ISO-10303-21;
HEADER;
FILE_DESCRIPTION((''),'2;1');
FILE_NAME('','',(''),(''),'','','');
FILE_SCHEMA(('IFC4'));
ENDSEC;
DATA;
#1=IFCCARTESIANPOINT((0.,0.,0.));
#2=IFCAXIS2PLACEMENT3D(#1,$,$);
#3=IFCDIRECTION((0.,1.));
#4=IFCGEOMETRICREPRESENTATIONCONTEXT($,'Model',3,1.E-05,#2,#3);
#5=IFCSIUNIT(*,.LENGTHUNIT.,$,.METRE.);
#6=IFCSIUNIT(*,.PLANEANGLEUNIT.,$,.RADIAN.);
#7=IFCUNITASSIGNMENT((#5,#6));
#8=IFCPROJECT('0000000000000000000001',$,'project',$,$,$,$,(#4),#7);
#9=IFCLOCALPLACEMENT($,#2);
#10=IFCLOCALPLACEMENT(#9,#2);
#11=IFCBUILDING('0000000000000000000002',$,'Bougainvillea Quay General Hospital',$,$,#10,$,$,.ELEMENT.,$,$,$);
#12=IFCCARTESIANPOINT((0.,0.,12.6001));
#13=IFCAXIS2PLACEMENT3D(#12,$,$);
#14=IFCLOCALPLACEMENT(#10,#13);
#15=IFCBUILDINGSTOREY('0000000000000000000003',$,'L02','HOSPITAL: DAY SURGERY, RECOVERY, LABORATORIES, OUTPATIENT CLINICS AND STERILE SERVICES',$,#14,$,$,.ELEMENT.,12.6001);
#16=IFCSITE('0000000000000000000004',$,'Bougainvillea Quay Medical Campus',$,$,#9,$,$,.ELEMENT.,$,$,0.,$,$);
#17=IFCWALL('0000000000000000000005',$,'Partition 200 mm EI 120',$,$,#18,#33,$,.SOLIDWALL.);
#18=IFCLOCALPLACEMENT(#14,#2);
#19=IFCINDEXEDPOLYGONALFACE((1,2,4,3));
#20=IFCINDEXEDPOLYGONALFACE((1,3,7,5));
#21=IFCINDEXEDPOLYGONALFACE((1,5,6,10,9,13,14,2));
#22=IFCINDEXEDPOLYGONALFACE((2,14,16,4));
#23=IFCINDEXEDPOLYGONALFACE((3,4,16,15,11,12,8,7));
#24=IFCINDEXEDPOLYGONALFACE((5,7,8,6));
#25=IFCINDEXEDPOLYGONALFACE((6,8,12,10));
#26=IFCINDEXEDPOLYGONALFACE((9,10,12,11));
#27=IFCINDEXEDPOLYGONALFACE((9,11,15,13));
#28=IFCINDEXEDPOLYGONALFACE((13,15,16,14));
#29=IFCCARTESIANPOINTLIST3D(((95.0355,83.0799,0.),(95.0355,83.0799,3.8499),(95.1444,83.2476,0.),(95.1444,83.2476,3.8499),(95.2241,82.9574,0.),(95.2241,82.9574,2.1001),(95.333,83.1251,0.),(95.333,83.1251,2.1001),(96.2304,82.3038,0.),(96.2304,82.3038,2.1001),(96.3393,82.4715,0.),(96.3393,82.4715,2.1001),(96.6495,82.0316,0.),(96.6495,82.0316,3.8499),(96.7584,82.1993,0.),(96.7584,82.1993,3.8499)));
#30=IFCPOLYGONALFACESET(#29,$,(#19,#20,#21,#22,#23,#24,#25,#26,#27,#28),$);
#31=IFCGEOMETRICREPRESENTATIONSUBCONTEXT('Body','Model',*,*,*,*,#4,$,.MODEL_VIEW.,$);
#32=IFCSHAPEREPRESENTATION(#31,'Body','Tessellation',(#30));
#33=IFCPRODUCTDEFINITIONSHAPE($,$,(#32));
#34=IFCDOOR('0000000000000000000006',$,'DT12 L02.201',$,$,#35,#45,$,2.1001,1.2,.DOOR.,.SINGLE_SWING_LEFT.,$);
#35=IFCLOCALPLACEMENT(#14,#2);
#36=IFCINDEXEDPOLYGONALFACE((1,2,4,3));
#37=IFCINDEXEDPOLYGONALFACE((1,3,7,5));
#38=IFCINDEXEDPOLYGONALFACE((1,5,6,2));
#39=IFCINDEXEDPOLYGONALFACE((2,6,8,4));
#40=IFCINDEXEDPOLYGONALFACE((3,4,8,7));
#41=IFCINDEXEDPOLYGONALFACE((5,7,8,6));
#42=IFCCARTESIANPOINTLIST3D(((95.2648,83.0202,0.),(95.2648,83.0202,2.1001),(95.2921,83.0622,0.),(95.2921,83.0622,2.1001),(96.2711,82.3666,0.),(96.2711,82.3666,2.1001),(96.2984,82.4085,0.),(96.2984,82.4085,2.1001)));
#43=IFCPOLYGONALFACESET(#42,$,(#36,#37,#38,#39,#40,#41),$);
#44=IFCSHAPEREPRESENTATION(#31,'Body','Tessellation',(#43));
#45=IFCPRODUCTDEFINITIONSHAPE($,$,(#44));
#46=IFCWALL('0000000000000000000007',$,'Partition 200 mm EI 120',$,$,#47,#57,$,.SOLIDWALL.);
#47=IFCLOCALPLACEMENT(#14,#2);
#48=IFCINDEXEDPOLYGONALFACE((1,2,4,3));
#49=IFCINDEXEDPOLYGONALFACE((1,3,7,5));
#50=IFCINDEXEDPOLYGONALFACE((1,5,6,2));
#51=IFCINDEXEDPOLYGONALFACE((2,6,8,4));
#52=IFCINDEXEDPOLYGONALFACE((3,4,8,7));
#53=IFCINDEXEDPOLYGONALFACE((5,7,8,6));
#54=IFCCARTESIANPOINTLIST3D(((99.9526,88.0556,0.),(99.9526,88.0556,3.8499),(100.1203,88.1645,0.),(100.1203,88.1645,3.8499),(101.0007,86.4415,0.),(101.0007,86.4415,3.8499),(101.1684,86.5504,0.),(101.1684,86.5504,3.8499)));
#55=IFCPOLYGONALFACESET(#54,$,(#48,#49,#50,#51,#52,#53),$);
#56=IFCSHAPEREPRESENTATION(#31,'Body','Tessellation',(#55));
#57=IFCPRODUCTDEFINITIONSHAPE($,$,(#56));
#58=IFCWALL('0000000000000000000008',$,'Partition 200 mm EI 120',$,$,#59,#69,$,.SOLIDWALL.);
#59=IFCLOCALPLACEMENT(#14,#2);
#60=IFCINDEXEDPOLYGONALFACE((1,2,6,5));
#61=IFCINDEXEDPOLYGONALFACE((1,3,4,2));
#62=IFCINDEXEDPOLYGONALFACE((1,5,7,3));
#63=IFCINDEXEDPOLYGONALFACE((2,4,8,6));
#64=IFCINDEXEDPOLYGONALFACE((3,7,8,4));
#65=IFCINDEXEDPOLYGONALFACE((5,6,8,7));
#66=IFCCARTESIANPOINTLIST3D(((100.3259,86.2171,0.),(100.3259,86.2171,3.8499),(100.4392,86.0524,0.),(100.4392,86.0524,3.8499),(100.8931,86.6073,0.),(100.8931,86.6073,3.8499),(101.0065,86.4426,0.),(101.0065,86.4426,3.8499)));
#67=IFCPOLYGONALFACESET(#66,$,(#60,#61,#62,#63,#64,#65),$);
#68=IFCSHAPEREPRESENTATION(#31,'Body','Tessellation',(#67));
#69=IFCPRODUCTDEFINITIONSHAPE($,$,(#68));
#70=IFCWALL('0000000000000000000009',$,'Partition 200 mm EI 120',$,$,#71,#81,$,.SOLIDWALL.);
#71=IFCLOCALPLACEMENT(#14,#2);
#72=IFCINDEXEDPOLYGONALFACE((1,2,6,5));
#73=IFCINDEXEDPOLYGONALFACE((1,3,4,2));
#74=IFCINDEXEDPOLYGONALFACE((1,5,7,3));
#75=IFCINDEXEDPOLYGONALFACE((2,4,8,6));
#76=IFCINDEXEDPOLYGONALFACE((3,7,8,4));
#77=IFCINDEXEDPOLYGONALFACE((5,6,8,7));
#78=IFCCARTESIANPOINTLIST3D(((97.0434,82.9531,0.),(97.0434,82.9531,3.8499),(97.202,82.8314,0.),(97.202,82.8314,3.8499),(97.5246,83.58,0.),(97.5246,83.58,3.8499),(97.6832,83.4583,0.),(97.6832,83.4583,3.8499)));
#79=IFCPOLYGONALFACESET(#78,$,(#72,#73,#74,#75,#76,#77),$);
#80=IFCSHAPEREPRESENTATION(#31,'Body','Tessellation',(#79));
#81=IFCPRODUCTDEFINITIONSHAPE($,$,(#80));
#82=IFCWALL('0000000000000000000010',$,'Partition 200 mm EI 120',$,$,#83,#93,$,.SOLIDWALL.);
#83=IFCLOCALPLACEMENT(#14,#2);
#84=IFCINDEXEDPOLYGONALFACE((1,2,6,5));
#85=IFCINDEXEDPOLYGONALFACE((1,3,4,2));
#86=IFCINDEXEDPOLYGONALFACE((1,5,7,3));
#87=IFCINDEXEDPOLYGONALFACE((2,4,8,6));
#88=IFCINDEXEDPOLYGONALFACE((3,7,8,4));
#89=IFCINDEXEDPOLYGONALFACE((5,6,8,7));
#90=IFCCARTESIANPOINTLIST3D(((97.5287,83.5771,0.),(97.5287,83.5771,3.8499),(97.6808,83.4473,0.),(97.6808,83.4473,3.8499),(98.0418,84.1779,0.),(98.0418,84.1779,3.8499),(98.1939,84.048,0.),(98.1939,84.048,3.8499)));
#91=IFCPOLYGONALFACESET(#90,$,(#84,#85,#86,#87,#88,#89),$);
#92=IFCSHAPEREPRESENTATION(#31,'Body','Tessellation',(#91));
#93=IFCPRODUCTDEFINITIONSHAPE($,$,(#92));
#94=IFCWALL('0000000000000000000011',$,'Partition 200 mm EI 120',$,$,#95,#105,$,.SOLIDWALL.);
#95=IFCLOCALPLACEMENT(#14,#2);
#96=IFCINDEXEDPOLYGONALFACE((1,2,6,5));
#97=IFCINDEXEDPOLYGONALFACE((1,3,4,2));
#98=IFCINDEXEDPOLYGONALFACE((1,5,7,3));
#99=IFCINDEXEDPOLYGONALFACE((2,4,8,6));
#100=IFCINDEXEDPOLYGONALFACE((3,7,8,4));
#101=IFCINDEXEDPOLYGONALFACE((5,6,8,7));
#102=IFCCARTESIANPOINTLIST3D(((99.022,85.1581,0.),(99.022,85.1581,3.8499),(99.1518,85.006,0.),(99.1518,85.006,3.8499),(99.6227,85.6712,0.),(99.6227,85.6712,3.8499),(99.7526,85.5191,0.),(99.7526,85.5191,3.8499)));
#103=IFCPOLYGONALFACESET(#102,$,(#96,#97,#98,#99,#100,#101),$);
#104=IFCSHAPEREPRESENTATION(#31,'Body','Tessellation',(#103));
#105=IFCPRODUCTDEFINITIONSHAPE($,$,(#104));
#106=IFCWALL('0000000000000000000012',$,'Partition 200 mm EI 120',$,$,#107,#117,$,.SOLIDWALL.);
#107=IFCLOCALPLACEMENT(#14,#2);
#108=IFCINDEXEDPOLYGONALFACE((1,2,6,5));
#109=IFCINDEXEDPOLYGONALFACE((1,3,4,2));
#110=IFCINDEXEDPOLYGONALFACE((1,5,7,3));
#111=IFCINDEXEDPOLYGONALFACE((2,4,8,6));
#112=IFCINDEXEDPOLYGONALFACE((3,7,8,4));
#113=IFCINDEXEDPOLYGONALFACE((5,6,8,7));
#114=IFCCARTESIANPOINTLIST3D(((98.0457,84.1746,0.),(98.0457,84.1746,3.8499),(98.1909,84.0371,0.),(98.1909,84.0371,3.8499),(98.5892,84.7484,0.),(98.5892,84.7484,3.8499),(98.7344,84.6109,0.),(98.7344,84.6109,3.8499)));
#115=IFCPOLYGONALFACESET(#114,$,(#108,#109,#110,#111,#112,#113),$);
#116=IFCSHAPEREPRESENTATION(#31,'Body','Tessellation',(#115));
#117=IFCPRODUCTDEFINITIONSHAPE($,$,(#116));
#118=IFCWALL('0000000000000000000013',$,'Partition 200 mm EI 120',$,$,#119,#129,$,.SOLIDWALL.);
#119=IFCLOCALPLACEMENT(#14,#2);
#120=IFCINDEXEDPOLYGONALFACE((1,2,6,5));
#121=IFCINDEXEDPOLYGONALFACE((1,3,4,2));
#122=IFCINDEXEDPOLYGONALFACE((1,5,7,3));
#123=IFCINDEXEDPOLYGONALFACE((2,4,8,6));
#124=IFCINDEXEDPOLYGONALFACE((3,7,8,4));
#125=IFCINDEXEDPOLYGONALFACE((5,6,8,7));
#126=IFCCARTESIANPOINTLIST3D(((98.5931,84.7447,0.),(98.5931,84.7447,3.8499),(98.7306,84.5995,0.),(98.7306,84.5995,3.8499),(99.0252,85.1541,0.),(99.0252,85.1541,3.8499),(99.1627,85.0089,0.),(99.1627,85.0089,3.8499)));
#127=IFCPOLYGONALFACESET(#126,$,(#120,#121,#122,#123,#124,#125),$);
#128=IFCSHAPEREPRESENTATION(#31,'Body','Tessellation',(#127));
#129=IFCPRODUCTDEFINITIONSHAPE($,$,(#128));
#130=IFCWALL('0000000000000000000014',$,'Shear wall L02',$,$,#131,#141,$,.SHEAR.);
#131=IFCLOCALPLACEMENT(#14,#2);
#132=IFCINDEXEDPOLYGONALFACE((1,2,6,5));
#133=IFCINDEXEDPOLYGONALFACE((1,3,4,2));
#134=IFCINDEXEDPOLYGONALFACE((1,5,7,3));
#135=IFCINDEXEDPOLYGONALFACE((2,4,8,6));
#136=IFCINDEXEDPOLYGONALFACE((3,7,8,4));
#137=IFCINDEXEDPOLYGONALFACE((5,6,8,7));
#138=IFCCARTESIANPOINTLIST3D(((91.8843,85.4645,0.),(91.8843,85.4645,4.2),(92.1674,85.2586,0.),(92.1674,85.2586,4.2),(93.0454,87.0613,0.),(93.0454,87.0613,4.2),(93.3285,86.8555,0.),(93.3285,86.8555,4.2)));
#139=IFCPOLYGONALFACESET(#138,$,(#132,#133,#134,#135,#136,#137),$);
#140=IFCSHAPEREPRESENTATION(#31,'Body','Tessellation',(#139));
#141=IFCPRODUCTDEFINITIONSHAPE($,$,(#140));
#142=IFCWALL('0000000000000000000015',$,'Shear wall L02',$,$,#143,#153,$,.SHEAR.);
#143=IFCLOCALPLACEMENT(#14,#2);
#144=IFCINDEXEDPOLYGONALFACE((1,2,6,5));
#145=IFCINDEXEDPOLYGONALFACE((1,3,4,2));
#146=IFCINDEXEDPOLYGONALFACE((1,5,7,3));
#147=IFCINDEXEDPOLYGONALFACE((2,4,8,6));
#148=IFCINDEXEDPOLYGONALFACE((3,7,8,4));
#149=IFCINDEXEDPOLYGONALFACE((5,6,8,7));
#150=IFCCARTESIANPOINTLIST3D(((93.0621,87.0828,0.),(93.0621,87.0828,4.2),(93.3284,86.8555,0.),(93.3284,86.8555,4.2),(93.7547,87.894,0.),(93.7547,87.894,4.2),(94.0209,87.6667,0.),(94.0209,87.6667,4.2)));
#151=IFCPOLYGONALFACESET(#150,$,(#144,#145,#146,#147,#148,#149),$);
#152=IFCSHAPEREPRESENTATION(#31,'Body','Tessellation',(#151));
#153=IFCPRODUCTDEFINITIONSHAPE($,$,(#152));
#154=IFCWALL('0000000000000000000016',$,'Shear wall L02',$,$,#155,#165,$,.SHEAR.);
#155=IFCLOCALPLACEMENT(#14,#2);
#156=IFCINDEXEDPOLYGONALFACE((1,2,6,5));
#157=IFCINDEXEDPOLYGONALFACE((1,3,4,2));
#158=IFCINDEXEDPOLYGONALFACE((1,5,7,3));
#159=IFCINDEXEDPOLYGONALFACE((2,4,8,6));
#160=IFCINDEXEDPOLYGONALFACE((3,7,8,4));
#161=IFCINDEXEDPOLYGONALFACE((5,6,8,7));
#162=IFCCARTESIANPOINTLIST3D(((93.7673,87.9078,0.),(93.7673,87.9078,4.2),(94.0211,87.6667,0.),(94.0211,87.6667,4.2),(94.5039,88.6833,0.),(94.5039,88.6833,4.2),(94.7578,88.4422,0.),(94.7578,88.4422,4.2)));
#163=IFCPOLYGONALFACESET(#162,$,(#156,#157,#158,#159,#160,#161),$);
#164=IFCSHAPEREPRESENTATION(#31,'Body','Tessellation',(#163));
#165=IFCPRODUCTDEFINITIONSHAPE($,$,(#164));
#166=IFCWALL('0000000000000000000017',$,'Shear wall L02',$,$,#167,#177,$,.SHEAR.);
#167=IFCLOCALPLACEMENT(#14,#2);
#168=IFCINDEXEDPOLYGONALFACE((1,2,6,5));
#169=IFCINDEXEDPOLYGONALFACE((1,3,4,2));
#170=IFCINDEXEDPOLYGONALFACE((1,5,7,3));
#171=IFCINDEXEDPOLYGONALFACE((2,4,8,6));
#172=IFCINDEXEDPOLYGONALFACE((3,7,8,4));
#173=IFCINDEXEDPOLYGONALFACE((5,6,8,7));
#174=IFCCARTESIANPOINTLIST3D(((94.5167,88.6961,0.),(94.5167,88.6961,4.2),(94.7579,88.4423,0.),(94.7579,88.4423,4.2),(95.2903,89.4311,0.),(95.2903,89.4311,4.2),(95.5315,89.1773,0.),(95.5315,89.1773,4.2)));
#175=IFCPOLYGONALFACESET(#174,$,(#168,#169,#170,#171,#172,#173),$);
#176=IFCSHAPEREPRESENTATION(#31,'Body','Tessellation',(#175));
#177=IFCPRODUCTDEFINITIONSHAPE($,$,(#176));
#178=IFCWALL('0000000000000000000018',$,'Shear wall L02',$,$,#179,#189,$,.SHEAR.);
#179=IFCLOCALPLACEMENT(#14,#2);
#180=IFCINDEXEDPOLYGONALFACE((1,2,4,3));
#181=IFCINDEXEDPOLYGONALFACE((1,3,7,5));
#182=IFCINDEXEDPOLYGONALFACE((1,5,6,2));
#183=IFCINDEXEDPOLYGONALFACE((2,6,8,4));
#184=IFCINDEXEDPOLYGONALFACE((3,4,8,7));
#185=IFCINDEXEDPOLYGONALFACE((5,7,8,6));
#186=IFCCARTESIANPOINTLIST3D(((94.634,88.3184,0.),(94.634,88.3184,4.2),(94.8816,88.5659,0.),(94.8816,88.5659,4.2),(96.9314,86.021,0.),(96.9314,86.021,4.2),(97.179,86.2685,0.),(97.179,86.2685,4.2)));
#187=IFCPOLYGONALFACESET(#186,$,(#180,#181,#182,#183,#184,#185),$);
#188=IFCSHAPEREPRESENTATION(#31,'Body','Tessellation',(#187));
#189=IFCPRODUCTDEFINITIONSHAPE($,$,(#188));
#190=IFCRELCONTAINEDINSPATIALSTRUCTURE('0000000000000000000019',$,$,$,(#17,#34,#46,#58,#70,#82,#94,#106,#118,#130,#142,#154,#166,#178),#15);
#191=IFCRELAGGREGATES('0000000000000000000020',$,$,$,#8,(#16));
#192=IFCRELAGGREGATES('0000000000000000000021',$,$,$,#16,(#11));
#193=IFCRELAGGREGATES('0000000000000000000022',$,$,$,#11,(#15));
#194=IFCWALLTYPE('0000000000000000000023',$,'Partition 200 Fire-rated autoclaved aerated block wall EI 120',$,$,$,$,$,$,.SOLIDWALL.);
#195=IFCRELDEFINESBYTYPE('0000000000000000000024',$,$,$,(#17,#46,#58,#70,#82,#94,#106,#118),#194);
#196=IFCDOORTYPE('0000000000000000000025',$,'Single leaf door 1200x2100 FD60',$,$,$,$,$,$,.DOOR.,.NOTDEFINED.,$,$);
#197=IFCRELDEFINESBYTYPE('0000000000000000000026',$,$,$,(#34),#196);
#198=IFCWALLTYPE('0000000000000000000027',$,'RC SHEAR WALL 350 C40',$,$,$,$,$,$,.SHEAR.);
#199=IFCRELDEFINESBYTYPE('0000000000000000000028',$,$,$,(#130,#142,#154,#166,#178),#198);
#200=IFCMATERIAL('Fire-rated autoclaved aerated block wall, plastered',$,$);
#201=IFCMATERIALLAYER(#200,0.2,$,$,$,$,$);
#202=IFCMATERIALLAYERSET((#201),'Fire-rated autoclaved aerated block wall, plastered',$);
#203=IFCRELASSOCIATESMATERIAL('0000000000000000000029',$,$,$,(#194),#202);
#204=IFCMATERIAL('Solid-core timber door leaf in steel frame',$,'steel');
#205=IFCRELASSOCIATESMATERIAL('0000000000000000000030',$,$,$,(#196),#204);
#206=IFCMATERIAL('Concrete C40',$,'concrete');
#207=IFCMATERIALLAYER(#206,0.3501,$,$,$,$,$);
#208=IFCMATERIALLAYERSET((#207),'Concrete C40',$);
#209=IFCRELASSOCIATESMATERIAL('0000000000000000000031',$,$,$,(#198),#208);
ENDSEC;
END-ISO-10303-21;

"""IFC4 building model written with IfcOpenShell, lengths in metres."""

from ifc_helpers import new_model, si_unit, direction, frame, frame_2d, origin, place, context, subcontext, project, spatial, rectangle, extrude, material, layer, layer_set, type_object, element, fill, save


model = new_model("IFC4")

# Units and contexts
model_context = context("Model", 3, precision=1e-05, world=origin(), true_north=direction((0.0, 1.0)))
body_context = subcontext(model_context, "Body", "Model", "MODEL_VIEW")
ifc_project = project(units=[si_unit("LENGTHUNIT", "METRE"), si_unit("PLANEANGLEUNIT", "RADIAN")], contexts=[model_context])

# Site, building, storey
site_placement = place(None, origin())
site = spatial("IfcSite", under=ifc_project, at=site_placement, Name="Bougainvillea Quay Medical Campus", CompositionType="ELEMENT", RefElevation=0.0)
building_placement = place(site_placement, origin())
building = spatial("IfcBuilding", under=site, at=building_placement, Name="Bougainvillea Quay General Hospital", CompositionType="ELEMENT")
storey_placement = place(building_placement, frame((0.0, 0.0, 12.6001)))
storey = spatial("IfcBuildingStorey", under=building, at=storey_placement, Name="L02", Description="HOSPITAL: DAY SURGERY, RECOVERY, LABORATORIES, OUTPATIENT CLINICS AND STERILE SERVICES", CompositionType="ELEMENT", Elevation=12.6001)

# Shared definitions
ifc_material_1 = material(Name="Concrete C40", Category="concrete")

# Wall, opening, door
ifc_material_2 = material(Name="Fire-rated autoclaved aerated block wall, plastered")
ifc_layer_1 = layer(ifc_material_2, 0.2)
ifc_layer_set_1 = layer_set([ifc_layer_1], Name="Fire-rated autoclaved aerated block wall, plastered")
wall_type_1 = type_object("IfcWallType", Name="Partition 200 Fire-rated autoclaved aerated block wall EI 120", PredefinedType="SOLIDWALL", material=ifc_layer_set_1)
wall_1_placement = place(storey_placement, frame((95.0898, 83.1638, 0.0), z_axis=(0.0, 0.0, 1.0), x_axis=(0.838626, -0.544707, 0.0)))
wall_1 = element("IfcWall", 1, at=wall_1_placement, inside=storey, type_object=wall_type_1, Name="Partition 200 mm EI 120", PredefinedType="SOLIDWALL", context=body_context, shape_type="SweptSolid", body=[
    extrude(rectangle(XDim=1.9246, YDim=0.2, at=frame_2d((0.9624, 0.0))), origin(), (0.0, 0.0, 1.0), 3.8499),
])
opening_1_placement = place(wall_1_placement, frame((0.2249, 0.0, 0.0)))
opening_1 = element("IfcOpeningElement", 2, at=opening_1_placement, cuts=wall_1, PredefinedType="OPENING", context=body_context, shape_type="SweptSolid", body=[
    extrude(rectangle(XDim=1.2, YDim=2.1001, at=frame_2d((0.6001, 1.05))), frame((0.0, 0.1099, 0.0), z_axis=(0.0, -1.0, 0.0), x_axis=(1.0, 0.0, 0.0)), (0.0, 0.0, 1.0), 0.22),
])
ifc_material_3 = material(Name="Solid-core timber door leaf in steel frame", Category="steel")
door_type_1 = type_object("IfcDoorType", Name="Single leaf door 1200x2100 FD60", OperationType="NOTDEFINED", PredefinedType="DOOR", material=ifc_material_3)
door_1_placement = place(opening_1_placement, origin())
door_1 = element("IfcDoor", 3, at=door_1_placement, inside=storey, type_object=door_type_1, Name="DT12 L02.201", OperationType="SINGLE_SWING_LEFT", OverallHeight=2.1001, OverallWidth=1.2, PredefinedType="DOOR", context=body_context, shape_type="SweptSolid", body=[
    extrude(rectangle(XDim=1.2, YDim=2.1001, at=frame_2d((0.6001, 1.05))), frame((0.0, 0.0249, 0.0), z_axis=(0.0, -1.0, 0.0), x_axis=(1.0, 0.0, 0.0)), (0.0, 0.0, 1.0), 0.05),
])
fill(opening_1, door_1)

# Walls
wall_2_placement = place(storey_placement, frame((100.0364, 88.1101, 0.0), z_axis=(0.0, 0.0, 1.0), x_axis=(0.544618, -0.838684, 0.0)))
element("IfcWall", 4, at=wall_2_placement, inside=storey, type_object=wall_type_1, Name="Partition 200 mm EI 120", PredefinedType="SOLIDWALL", context=body_context, shape_type="SweptSolid", body=[
    extrude(rectangle(XDim=1.9246, YDim=0.2, at=frame_2d((0.9624, 0.0))), origin(), (0.0, 0.0, 1.0), 3.8499),
])
wall_3_placement = place(storey_placement, frame((100.3826, 86.1348, 0.0), z_axis=(0.0, 0.0, 1.0), x_axis=(0.823887, 0.566755, 0.0)))
element("IfcWall", 5, at=wall_3_placement, inside=storey, type_object=wall_type_1, Name="Partition 200 mm EI 120", PredefinedType="SOLIDWALL", context=body_context, shape_type="SweptSolid", body=[
    extrude(rectangle(XDim=0.6885, YDim=0.2, at=frame_2d((0.3442, 0.0))), origin(), (0.0, 0.0, 1.0), 3.8499),
])
wall_4_placement = place(storey_placement, frame((97.1228, 82.8923, 0.0), z_axis=(0.0, 0.0, 1.0), x_axis=(0.608859, 0.793278, 0.0)))
element("IfcWall", 6, at=wall_4_placement, inside=storey, type_object=wall_type_1, Name="Partition 200 mm EI 120", PredefinedType="SOLIDWALL", context=body_context, shape_type="SweptSolid", body=[
    extrude(rectangle(XDim=0.7903, YDim=0.2, at=frame_2d((0.395, 0.0))), origin(), (0.0, 0.0, 1.0), 3.8499),
])
for number, where, z_axis, x_axis, name in (
    (7, (97.6047, 83.5122, 0.0), (0.0, 0.0, 1.0), (0.649467, 0.76039, 0.0), "Partition 200 mm EI 120"),
    (8, (99.0869, 85.082, 0.0), (0.0, 0.0, 1.0), (0.76039, 0.649467, 0.0), "Partition 200 mm EI 120"),
):
    element("IfcWall", number, at=place(storey_placement, frame(where, z_axis=z_axis, x_axis=x_axis)), inside=storey, type_object=wall_type_1, Name=name, PredefinedType="SOLIDWALL", context=body_context, shape_type="SweptSolid", body=[
        extrude(rectangle(XDim=0.79, YDim=0.2, at=frame_2d((0.395, 0.0))), origin(), (0.0, 0.0, 1.0), 3.8499),
    ])
wall_5_placement = place(storey_placement, frame((98.1184, 84.106, 0.0), z_axis=(0.0, 0.0, 1.0), x_axis=(0.687693, 0.726001, 0.0)))
element("IfcWall", 9, at=wall_5_placement, inside=storey, type_object=wall_type_1, Name="Partition 200 mm EI 120", PredefinedType="SOLIDWALL", context=body_context, shape_type="SweptSolid", body=[
    extrude(rectangle(XDim=0.7903, YDim=0.2, at=frame_2d((0.395, 0.0))), origin(), (0.0, 0.0, 1.0), 3.8499),
])
wall_6_placement = place(storey_placement, frame((98.6619, 84.6721, 0.0), z_axis=(0.0, 0.0, 1.0), x_axis=(0.72592, 0.687779, 0.0)))
element("IfcWall", 10, at=wall_6_placement, inside=storey, type_object=wall_type_1, Name="Partition 200 mm EI 120", PredefinedType="SOLIDWALL", context=body_context, shape_type="SweptSolid", body=[
    extrude(rectangle(XDim=0.5952, YDim=0.2, at=frame_2d((0.2976, 0.0))), origin(), (0.0, 0.0, 1.0), 3.8499),
])
ifc_layer_2 = layer(ifc_material_1, 0.3501)
ifc_layer_set_2 = layer_set([ifc_layer_2], Name="Concrete C40")
wall_type_2 = type_object("IfcWallType", Name="RC SHEAR WALL 350 C40", PredefinedType="SHEAR", material=ifc_layer_set_2)
wall_7_placement = place(storey_placement, frame((93.187, 86.9585, 0.0), z_axis=(0.0, 0.0, 1.0), x_axis=(-0.588083, -0.8088, 0.0)))
element("IfcWall", 11, at=wall_7_placement, inside=storey, type_object=wall_type_2, Name="Shear wall L02", PredefinedType="SHEAR", context=body_context, shape_type="SweptSolid", body=[
    extrude(rectangle(XDim=1.9744, YDim=0.3501, at=frame_2d((0.9873, 0.0))), origin(), (0.0, 0.0, 1.0), 4.2),
])
wall_8_placement = place(storey_placement, frame((93.1953, 86.9692, 0.0), z_axis=(0.0, 0.0, 1.0), x_axis=(0.649301, 0.760531, 0.0)))
element("IfcWall", 12, at=wall_8_placement, inside=storey, type_object=wall_type_2, Name="Shear wall L02", PredefinedType="SHEAR", context=body_context, shape_type="SweptSolid", body=[
    extrude(rectangle(XDim=1.0667, YDim=0.3501, at=frame_2d((0.5332, 0.0))), origin(), (0.0, 0.0, 1.0), 4.2),
])
wall_9_placement = place(storey_placement, frame((93.8943, 87.7874, 0.0), z_axis=(0.0, 0.0, 1.0), x_axis=(0.688725, 0.725022, 0.0)))
element("IfcWall", 13, at=wall_9_placement, inside=storey, type_object=wall_type_2, Name="Shear wall L02", PredefinedType="SHEAR", context=body_context, shape_type="SweptSolid", body=[
    extrude(rectangle(XDim=1.0696, YDim=0.3501, at=frame_2d((0.5347, 0.0))), origin(), (0.0, 0.0, 1.0), 4.2),
])
wall_10_placement = place(storey_placement, frame((94.6372, 88.5691, 0.0), z_axis=(0.0, 0.0, 1.0), x_axis=(0.724948, 0.688804, 0.0)))
element("IfcWall", 14, at=wall_10_placement, inside=storey, type_object=wall_type_2, Name="Shear wall L02", PredefinedType="SHEAR", context=body_context, shape_type="SweptSolid", body=[
    extrude(rectangle(XDim=1.0671, YDim=0.3501, at=frame_2d((0.5337, 0.0))), origin(), (0.0, 0.0, 1.0), 4.2),
])
wall_11_placement = place(storey_placement, frame((94.7578, 88.4421, 0.0), z_axis=(0.0, 0.0, 1.0), x_axis=(0.707107, -0.707107, 0.0)))
element("IfcWall", 15, at=wall_11_placement, inside=storey, type_object=wall_type_2, Name="Shear wall L02", PredefinedType="SHEAR", context=body_context, shape_type="SweptSolid", body=[
    extrude(rectangle(XDim=3.249, YDim=0.3501, at=frame_2d((1.6245, 0.0))), origin(), (0.0, 0.0, 1.0), 4.2),
])

save(model, "model.ifc")
